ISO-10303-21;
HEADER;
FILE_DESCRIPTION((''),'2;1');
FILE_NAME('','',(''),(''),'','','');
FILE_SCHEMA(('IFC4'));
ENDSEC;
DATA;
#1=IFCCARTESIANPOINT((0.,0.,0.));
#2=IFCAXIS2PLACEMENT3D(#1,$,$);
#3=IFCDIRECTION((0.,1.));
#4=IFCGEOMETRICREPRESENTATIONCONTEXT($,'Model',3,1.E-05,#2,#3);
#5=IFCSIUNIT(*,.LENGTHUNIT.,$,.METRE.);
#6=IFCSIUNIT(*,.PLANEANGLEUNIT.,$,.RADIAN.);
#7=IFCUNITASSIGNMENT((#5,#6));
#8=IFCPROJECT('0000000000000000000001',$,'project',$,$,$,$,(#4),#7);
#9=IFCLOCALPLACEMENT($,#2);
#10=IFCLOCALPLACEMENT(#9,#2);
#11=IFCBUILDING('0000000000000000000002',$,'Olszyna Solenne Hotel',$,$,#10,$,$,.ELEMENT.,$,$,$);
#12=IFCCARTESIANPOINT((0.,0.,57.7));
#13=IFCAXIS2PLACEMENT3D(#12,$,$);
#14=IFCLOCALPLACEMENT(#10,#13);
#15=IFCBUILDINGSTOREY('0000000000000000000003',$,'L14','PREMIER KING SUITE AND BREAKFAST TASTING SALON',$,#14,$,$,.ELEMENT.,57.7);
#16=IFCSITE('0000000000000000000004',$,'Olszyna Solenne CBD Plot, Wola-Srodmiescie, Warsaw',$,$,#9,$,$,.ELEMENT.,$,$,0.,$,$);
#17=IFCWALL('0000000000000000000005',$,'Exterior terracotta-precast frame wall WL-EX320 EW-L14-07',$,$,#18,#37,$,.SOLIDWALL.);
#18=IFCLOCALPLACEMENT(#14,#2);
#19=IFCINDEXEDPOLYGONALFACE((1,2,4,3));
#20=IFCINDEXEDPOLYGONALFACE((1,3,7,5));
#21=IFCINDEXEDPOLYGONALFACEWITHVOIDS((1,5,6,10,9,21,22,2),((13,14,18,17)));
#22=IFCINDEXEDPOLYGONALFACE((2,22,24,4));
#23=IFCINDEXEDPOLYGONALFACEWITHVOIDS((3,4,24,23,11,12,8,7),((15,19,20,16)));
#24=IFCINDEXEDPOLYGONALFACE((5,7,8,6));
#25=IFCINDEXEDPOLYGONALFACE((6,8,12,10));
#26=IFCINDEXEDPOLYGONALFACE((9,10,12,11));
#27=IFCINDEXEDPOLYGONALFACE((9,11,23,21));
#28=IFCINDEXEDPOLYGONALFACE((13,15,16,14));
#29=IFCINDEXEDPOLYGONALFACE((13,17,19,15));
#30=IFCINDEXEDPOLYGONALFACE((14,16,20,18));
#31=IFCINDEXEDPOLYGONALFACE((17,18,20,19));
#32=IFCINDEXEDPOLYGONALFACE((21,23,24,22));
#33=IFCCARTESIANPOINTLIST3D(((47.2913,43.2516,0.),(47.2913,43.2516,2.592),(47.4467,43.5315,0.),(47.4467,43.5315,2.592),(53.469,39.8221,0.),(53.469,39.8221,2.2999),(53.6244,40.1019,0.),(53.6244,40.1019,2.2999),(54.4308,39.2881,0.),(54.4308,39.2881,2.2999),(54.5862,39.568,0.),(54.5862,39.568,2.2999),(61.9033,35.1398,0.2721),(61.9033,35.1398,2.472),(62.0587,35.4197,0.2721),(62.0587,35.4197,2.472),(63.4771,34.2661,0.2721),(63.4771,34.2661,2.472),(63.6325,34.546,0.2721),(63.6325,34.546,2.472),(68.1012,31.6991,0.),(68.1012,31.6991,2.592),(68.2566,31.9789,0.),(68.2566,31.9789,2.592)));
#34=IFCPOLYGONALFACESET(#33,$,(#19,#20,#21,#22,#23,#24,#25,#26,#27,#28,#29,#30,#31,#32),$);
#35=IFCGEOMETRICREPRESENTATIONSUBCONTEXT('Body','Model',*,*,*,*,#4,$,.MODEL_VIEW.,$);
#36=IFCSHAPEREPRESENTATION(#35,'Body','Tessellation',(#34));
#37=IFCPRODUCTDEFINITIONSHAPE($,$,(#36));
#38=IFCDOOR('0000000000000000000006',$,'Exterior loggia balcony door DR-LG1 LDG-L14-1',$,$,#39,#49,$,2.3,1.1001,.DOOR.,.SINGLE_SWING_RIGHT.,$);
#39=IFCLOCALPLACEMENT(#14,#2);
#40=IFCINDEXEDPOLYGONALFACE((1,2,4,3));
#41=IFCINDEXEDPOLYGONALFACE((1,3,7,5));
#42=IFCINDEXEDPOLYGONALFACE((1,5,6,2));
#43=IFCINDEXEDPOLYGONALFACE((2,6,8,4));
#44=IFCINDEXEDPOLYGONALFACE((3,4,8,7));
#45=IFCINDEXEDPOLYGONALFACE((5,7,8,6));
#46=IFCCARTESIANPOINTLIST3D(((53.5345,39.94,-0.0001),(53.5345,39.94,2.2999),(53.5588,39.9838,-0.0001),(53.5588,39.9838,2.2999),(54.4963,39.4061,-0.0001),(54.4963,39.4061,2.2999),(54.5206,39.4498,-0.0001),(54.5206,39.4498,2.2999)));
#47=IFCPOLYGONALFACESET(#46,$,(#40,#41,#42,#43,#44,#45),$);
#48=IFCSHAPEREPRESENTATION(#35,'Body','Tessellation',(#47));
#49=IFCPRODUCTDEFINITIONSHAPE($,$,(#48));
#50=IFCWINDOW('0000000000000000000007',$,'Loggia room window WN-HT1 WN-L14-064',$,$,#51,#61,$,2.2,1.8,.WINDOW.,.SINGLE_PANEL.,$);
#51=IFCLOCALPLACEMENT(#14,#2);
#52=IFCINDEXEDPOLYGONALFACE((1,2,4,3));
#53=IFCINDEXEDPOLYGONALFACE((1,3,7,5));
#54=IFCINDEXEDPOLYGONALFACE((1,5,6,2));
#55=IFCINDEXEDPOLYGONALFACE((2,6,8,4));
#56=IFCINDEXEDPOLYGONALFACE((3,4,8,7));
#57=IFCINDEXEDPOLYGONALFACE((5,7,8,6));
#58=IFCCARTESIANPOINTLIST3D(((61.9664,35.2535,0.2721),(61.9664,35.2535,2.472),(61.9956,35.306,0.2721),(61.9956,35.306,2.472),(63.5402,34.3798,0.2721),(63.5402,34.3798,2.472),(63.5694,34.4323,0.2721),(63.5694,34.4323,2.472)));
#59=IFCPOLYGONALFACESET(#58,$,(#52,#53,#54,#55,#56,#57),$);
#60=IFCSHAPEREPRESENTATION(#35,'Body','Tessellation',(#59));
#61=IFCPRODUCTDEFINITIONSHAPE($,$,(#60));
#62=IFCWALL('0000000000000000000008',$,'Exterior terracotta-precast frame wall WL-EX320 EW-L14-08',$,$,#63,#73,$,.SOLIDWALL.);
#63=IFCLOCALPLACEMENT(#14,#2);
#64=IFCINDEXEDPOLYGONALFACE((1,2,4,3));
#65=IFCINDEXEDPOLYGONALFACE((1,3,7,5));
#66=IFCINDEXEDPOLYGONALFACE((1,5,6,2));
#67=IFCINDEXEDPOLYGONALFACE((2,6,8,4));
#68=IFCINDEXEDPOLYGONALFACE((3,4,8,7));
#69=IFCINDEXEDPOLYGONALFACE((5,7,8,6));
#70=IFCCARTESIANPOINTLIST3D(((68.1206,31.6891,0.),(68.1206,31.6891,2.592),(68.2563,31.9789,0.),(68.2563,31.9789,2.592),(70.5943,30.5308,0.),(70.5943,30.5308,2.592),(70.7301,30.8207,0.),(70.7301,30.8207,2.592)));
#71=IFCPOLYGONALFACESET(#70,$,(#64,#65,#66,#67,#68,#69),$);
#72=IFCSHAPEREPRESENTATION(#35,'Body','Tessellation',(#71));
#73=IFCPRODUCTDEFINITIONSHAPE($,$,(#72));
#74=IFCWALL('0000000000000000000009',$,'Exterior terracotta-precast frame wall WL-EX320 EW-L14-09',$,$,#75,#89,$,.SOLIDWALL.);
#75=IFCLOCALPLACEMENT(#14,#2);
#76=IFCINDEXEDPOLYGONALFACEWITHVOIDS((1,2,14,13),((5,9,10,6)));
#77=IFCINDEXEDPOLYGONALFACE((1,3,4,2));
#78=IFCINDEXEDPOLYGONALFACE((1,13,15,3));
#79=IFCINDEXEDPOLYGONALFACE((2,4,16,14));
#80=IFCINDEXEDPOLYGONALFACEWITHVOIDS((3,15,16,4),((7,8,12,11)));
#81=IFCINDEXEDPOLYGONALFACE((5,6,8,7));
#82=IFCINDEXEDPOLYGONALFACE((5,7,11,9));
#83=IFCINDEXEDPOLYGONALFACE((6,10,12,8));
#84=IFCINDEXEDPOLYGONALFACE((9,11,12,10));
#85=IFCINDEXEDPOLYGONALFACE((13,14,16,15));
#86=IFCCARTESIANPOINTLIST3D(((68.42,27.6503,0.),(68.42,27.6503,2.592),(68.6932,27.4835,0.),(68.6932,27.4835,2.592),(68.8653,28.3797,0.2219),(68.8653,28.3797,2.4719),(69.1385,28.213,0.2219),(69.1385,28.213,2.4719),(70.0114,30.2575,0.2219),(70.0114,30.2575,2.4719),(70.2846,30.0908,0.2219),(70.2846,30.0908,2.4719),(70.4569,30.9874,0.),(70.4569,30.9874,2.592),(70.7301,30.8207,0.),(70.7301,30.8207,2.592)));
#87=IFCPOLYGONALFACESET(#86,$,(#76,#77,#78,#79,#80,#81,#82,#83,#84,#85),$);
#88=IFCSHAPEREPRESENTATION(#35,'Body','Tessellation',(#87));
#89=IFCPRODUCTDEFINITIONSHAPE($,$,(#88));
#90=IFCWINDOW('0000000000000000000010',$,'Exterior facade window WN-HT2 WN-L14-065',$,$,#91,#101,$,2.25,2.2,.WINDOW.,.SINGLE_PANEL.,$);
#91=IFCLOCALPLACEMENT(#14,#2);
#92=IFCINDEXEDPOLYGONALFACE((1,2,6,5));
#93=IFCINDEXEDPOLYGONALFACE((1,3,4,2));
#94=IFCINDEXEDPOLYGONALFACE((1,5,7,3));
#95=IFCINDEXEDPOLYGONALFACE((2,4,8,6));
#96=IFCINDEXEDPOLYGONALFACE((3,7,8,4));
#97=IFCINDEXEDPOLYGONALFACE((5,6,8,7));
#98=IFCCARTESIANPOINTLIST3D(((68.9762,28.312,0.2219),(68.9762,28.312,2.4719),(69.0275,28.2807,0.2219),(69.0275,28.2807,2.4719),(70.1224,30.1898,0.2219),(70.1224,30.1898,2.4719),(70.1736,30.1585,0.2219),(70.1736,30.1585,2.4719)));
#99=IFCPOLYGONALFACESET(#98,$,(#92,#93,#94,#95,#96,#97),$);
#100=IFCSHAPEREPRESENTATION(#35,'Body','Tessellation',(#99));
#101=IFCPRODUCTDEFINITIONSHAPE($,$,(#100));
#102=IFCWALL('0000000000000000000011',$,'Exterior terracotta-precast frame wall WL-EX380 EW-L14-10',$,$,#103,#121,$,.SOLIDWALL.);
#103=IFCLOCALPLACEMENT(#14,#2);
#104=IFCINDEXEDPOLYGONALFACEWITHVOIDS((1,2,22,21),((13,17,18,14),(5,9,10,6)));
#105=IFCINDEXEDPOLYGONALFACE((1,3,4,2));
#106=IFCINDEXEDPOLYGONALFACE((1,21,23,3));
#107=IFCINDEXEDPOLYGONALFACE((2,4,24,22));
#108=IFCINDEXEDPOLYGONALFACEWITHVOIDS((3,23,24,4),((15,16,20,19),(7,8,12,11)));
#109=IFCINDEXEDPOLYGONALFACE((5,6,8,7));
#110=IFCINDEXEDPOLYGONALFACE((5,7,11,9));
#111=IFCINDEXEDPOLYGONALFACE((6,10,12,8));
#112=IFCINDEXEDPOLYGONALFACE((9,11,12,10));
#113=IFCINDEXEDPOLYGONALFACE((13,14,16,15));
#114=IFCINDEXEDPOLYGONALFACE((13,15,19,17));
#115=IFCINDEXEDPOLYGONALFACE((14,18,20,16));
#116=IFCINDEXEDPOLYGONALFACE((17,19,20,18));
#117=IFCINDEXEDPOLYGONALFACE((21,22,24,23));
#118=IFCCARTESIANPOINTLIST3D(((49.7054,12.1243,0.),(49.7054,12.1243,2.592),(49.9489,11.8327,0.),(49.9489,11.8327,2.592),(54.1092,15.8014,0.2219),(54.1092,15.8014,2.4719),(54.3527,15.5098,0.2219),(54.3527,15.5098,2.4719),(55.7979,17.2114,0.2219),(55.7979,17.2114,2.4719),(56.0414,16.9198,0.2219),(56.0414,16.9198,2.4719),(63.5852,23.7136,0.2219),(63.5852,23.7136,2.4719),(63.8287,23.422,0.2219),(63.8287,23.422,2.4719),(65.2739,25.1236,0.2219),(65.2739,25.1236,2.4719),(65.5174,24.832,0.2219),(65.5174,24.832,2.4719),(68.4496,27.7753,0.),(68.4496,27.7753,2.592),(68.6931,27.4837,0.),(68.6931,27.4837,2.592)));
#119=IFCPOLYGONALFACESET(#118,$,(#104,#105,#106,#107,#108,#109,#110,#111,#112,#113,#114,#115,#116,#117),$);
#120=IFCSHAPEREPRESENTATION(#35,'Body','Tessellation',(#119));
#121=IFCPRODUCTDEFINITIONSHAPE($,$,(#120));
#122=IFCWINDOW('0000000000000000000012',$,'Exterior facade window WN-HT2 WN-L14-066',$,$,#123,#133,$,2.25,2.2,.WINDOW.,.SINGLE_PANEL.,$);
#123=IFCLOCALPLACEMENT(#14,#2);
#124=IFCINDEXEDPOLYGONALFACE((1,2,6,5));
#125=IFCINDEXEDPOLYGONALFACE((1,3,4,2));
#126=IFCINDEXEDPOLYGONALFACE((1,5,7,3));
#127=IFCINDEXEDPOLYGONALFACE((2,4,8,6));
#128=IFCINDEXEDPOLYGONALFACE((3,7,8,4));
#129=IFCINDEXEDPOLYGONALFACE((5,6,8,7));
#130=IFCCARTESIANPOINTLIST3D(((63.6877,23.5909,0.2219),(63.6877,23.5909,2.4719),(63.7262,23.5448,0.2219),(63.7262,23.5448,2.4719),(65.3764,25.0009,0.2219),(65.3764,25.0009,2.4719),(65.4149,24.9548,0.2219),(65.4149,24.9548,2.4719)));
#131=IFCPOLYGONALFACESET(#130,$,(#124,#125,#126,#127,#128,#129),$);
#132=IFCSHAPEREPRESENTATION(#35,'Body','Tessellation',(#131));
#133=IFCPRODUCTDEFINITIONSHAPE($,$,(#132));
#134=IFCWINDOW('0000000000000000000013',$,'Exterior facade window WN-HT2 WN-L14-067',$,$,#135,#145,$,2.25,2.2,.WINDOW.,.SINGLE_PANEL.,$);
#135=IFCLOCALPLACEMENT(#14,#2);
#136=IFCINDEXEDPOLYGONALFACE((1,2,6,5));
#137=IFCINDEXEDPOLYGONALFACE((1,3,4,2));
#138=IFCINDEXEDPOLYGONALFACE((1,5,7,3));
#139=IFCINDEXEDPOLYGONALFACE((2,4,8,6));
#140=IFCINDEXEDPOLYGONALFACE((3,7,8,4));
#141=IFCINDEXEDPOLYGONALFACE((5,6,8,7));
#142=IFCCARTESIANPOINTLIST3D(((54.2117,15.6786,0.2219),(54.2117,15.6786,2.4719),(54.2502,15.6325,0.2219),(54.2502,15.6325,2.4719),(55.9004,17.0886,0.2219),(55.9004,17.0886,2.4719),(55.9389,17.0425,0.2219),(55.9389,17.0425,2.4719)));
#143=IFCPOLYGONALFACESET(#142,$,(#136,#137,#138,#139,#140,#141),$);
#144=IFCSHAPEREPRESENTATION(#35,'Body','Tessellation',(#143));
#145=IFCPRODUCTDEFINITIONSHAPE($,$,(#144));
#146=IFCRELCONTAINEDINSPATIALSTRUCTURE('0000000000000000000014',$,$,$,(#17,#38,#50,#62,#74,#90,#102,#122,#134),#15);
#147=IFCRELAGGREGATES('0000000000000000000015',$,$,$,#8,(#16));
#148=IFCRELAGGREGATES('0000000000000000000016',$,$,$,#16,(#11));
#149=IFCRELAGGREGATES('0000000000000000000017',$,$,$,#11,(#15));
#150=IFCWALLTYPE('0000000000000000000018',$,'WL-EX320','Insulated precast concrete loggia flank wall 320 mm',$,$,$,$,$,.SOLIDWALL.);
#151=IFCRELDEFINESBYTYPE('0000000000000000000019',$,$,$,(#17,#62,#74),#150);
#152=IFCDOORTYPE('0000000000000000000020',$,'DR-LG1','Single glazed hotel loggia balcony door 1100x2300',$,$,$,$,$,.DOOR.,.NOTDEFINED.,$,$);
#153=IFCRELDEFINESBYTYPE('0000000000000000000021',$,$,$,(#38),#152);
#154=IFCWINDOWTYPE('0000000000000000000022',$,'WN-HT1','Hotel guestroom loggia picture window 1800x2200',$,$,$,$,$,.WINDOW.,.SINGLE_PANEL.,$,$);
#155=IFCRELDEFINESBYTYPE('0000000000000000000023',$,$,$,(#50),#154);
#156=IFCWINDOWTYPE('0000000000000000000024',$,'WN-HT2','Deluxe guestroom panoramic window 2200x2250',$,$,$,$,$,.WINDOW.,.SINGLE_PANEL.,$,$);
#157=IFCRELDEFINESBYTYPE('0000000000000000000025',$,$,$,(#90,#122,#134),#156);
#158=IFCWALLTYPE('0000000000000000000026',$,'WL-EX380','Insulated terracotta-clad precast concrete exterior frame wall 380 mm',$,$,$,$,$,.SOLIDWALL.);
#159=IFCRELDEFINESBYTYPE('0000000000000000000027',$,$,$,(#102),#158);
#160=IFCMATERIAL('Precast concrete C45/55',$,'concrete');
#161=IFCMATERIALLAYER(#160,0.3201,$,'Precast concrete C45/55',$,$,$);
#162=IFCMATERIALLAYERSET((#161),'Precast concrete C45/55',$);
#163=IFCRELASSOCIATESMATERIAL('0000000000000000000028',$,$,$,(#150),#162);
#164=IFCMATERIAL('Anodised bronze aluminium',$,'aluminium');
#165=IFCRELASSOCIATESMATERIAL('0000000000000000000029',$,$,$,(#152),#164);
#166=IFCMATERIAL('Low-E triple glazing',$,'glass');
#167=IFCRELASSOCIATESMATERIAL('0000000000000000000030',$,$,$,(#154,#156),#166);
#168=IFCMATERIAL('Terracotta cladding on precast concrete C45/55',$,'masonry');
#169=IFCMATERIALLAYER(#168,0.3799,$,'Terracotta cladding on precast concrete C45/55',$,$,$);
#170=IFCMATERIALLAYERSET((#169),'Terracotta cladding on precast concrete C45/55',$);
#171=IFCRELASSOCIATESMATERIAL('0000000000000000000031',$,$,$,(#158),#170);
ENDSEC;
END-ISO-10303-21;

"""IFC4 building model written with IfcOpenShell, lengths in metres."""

from ifc_helpers import new_model, si_unit, direction, frame, frame_2d, origin, place, context, subcontext, project, spatial, rectangle, extrude, source, transform, mapped, material, layer, layer_set, type_object, type_shapes, element, fill, save


model = new_model("IFC4")

# Units and contexts
model_context = context("Model", 3, precision=1e-05, world=origin(), true_north=direction((0.0, 1.0)))
body_context = subcontext(model_context, "Body", "Model", "MODEL_VIEW")
ifc_project = project(units=[si_unit("LENGTHUNIT", "METRE"), si_unit("PLANEANGLEUNIT", "RADIAN")], contexts=[model_context])

# Site, building, storey
site_placement = place(None, origin())
site = spatial("IfcSite", under=ifc_project, at=site_placement, Name="Olszyna Solenne CBD Plot, Wola-Srodmiescie, Warsaw", CompositionType="ELEMENT", RefElevation=0.0)
building_placement = place(site_placement, origin())
building = spatial("IfcBuilding", under=site, at=building_placement, Name="Olszyna Solenne Hotel", CompositionType="ELEMENT")
storey_placement = place(building_placement, frame((0.0, 0.0, 57.7)))
storey = spatial("IfcBuildingStorey", under=building, at=storey_placement, Name="L14", Description="PREMIER KING SUITE AND BREAKFAST TASTING SALON", CompositionType="ELEMENT", Elevation=57.7)

# Shared definitions
ifc_material_1 = material(Name="Anodised bronze aluminium", Category="aluminium")

# Shared definitions
ifc_material_2 = material(Name="Low-E triple glazing", Category="glass")

# Wall, openings, door, window
ifc_material_3 = material(Name="Precast concrete C45/55", Category="concrete")
ifc_layer_1 = layer(ifc_material_3, 0.3201, Name="Precast concrete C45/55")
ifc_layer_set_1 = layer_set([ifc_layer_1], Name="Precast concrete C45/55")
wall_type_1 = type_object("IfcWallType", Name="WL-EX320", Description="Insulated precast concrete loggia flank wall 320 mm", PredefinedType="SOLIDWALL", material=ifc_layer_set_1)
wall_1_placement = place(storey_placement, frame((47.3689, 43.3916, 0.0), z_axis=(0.0, 0.0, 1.0), x_axis=(0.874309, -0.485369, 0.0)))
wall_1 = element("IfcWall", 1, at=wall_1_placement, inside=storey, type_object=wall_type_1, Name="Exterior terracotta-precast frame wall WL-EX320 EW-L14-07", PredefinedType="SOLIDWALL", context=body_context, shape_type="SweptSolid", body=[
    extrude(rectangle(XDim=23.8015, YDim=0.3201, at=frame_2d((11.9009, 0.0))), origin(), (0.0, 0.0, 1.0), 2.592),
])
opening_1_placement = place(wall_1_placement, frame((7.0659, 0.0, 0.0)))
opening_1 = element("IfcOpeningElement", 2, at=opening_1_placement, cuts=wall_1, PredefinedType="OPENING", context=body_context, shape_type="SweptSolid", body=[
    extrude(rectangle(XDim=1.1001, YDim=2.3, at=frame_2d((0.55, 1.1499))), frame((0.0, 0.1699, 0.0), z_axis=(0.0, -1.0, 0.0), x_axis=(1.0, 0.0, 0.0)), (0.0, 0.0, 1.0), 0.3401),
])
opening_2_placement = place(wall_1_placement, frame((16.7129, 0.0, 0.272)))
opening_2 = element("IfcOpeningElement", 3, at=opening_2_placement, cuts=wall_1, PredefinedType="OPENING", context=body_context, shape_type="SweptSolid", body=[
    extrude(rectangle(XDim=1.8, YDim=2.2, at=frame_2d((0.8999, 1.1001))), frame((0.0, 0.1699, 0.0), z_axis=(0.0, -1.0, 0.0), x_axis=(1.0, 0.0, 0.0)), (0.0, 0.0, 1.0), 0.3401),
])
door_type_1 = type_object("IfcDoorType", Name="DR-LG1", Description="Single glazed hotel loggia balcony door 1100x2300", OperationType="NOTDEFINED", PredefinedType="DOOR", material=ifc_material_1)
shared_shape_1 = source(origin(), body_context, "Body", "SweptSolid", [
    extrude(rectangle(XDim=1.1001, YDim=2.3, at=frame_2d((0.55, 1.1499))), frame((0.0, 0.0249, 0.0), z_axis=(0.0, -1.0, 0.0), x_axis=(1.0, 0.0, 0.0)), (0.0, 0.0, 1.0), 0.05),
])
type_shapes(door_type_1, [shared_shape_1])
door_1_placement = place(opening_1_placement, origin())
door_1 = element("IfcDoor", 4, at=door_1_placement, inside=storey, type_object=door_type_1, Name="Exterior loggia balcony door DR-LG1 LDG-L14-1", OperationType="SINGLE_SWING_RIGHT", OverallHeight=2.3, OverallWidth=1.1001, PredefinedType="DOOR", context=body_context, shape_type="MappedRepresentation", body=[
    mapped(shared_shape_1, transform((0.0, 0.0, 0.0), x_axis=(1.0, 0.0, 0.0), y_axis=(0.0, 1.0, 0.0), z_axis=(0.0, 0.0, 1.0), scale=1.0)),
])
fill(opening_1, door_1)
window_type_1 = type_object("IfcWindowType", Name="WN-HT1", Description="Hotel guestroom loggia picture window 1800x2200", PartitioningType="SINGLE_PANEL", PredefinedType="WINDOW", material=ifc_material_2)
shared_shape_2 = source(origin(), body_context, "Body", "SweptSolid", [
    extrude(rectangle(XDim=1.8, YDim=2.2, at=frame_2d((0.8999, 1.1001))), frame((0.0, 0.03, 0.0), z_axis=(0.0, -1.0, 0.0), x_axis=(1.0, 0.0, 0.0)), (0.0, 0.0, 1.0), 0.0601),
])
type_shapes(window_type_1, [shared_shape_2])
window_1_placement = place(opening_2_placement, origin())
window_1 = element("IfcWindow", 5, at=window_1_placement, inside=storey, type_object=window_type_1, Name="Loggia room window WN-HT1 WN-L14-064", OverallHeight=2.2, OverallWidth=1.8, PartitioningType="SINGLE_PANEL", PredefinedType="WINDOW", context=body_context, shape_type="MappedRepresentation", body=[
    mapped(shared_shape_2, transform((0.0, 0.0, 0.0), x_axis=(1.0, 0.0, 0.0), y_axis=(0.0, 1.0, 0.0), z_axis=(0.0, 0.0, 1.0), scale=1.0)),
])
fill(opening_2, window_1)

# Wall
wall_2_placement = place(storey_placement, frame((68.1885, 31.834, 0.0), z_axis=(0.0, 0.0, 1.0), x_axis=(0.905643, -0.42404, 0.0)))
element("IfcWall", 6, at=wall_2_placement, inside=storey, type_object=wall_type_1, Name="Exterior terracotta-precast frame wall WL-EX320 EW-L14-08", PredefinedType="SOLIDWALL", context=body_context, shape_type="SweptSolid", body=[
    extrude(rectangle(XDim=2.7314, YDim=0.3201, at=frame_2d((1.3657, 0.0))), origin(), (0.0, 0.0, 1.0), 2.592),
])

# Wall, opening, window
wall_3_placement = place(storey_placement, frame((70.5935, 30.9041, 0.0), z_axis=(0.0, 0.0, 1.0), x_axis=(-0.520983, -0.853567, 0.0)))
wall_3 = element("IfcWall", 7, at=wall_3_placement, inside=storey, type_object=wall_type_1, Name="Exterior terracotta-precast frame wall WL-EX320 EW-L14-09", PredefinedType="SOLIDWALL", context=body_context, shape_type="SweptSolid", body=[
    extrude(rectangle(XDim=3.9097, YDim=0.3201, at=frame_2d((1.9548, 0.0))), origin(), (0.0, 0.0, 1.0), 2.592),
])
opening_3_placement = place(wall_3_placement, frame((0.855, 0.0, 0.2219)))
opening_3 = element("IfcOpeningElement", 8, at=opening_3_placement, cuts=wall_3, PredefinedType="OPENING", context=body_context, shape_type="SweptSolid", body=[
    extrude(rectangle(XDim=2.2, YDim=2.25, at=frame_2d((1.1001, 1.125))), frame((0.0, 0.1699, 0.0), z_axis=(0.0, -1.0, 0.0), x_axis=(1.0, 0.0, 0.0)), (0.0, 0.0, 1.0), 0.3401),
])
window_type_2 = type_object("IfcWindowType", Name="WN-HT2", Description="Deluxe guestroom panoramic window 2200x2250", PartitioningType="SINGLE_PANEL", PredefinedType="WINDOW", material=ifc_material_2)
shared_shape_3 = source(origin(), body_context, "Body", "SweptSolid", [
    extrude(rectangle(XDim=2.2, YDim=2.25, at=frame_2d((1.1001, 1.125))), frame((0.0, 0.03, 0.0), z_axis=(0.0, -1.0, 0.0), x_axis=(1.0, 0.0, 0.0)), (0.0, 0.0, 1.0), 0.0601),
])
type_shapes(window_type_2, [shared_shape_3])
window_2_placement = place(opening_3_placement, origin())
window_2 = element("IfcWindow", 9, at=window_2_placement, inside=storey, type_object=window_type_2, Name="Exterior facade window WN-HT2 WN-L14-065", OverallHeight=2.25, OverallWidth=2.2, PartitioningType="SINGLE_PANEL", PredefinedType="WINDOW", context=body_context, shape_type="MappedRepresentation", body=[
    mapped(shared_shape_3, transform((0.0, 0.0, 0.0), x_axis=(1.0, 0.0, 0.0), y_axis=(0.0, 1.0, 0.0), z_axis=(0.0, 0.0, 1.0), scale=1.0)),
])
fill(opening_3, window_2)

# Wall, openings, windows
ifc_material_4 = material(Name="Terracotta cladding on precast concrete C45/55", Category="masonry")
ifc_layer_2 = layer(ifc_material_4, 0.3799, Name="Terracotta cladding on precast concrete C45/55")
ifc_layer_set_2 = layer_set([ifc_layer_2], Name="Terracotta cladding on precast concrete C45/55")
wall_type_2 = type_object("IfcWallType", Name="WL-EX380", Description="Insulated terracotta-clad precast concrete exterior frame wall 380 mm", PredefinedType="SOLIDWALL", material=ifc_layer_set_2)
wall_4_placement = place(storey_placement, frame((68.5713, 27.6294, 0.0), z_axis=(0.0, 0.0, 1.0), x_axis=(-0.767601, -0.640928, 0.0)))
wall_4 = element("IfcWall", 10, at=wall_4_placement, inside=storey, type_object=wall_type_2, Name="Exterior terracotta-precast frame wall WL-EX380 EW-L14-10", PredefinedType="SOLIDWALL", context=body_context, shape_type="SweptSolid", body=[
    extrude(rectangle(XDim=24.4192, YDim=0.3799, at=frame_2d((12.2095, 0.0))), origin(), (0.0, 0.0, 1.0), 2.592),
])
opening_4_placement = place(wall_4_placement, frame((4.137, 0.0, 0.2219)))
opening_4 = element("IfcOpeningElement", 11, at=opening_4_placement, cuts=wall_4, PredefinedType="OPENING", context=body_context, shape_type="SweptSolid", body=[
    extrude(rectangle(XDim=2.2, YDim=2.25, at=frame_2d((1.1001, 1.125))), frame((0.0, 0.2, 0.0), z_axis=(0.0, -1.0, 0.0), x_axis=(1.0, 0.0, 0.0)), (0.0, 0.0, 1.0), 0.3999),
])
opening_5_placement = place(wall_4_placement, frame((16.4819, 0.0, 0.2219)))
opening_5 = element("IfcOpeningElement", 12, at=opening_5_placement, cuts=wall_4, PredefinedType="OPENING", context=body_context, shape_type="SweptSolid", body=[
    extrude(rectangle(XDim=2.2, YDim=2.25, at=frame_2d((1.1001, 1.125))), frame((0.0, 0.2, 0.0), z_axis=(0.0, -1.0, 0.0), x_axis=(1.0, 0.0, 0.0)), (0.0, 0.0, 1.0), 0.3999),
])
window_3_placement = place(opening_4_placement, origin())
window_3 = element("IfcWindow", 13, at=window_3_placement, inside=storey, type_object=window_type_2, Name="Exterior facade window WN-HT2 WN-L14-066", OverallHeight=2.25, OverallWidth=2.2, PartitioningType="SINGLE_PANEL", PredefinedType="WINDOW", context=body_context, shape_type="MappedRepresentation", body=[
    mapped(shared_shape_3, transform((0.0, 0.0, 0.0), x_axis=(1.0, 0.0, 0.0), y_axis=(0.0, 1.0, 0.0), z_axis=(0.0, 0.0, 1.0), scale=1.0)),
])
fill(opening_4, window_3)
window_4_placement = place(opening_5_placement, origin())
window_4 = element("IfcWindow", 14, at=window_4_placement, inside=storey, type_object=window_type_2, Name="Exterior facade window WN-HT2 WN-L14-067", OverallHeight=2.25, OverallWidth=2.2, PartitioningType="SINGLE_PANEL", PredefinedType="WINDOW", context=body_context, shape_type="MappedRepresentation", body=[
    mapped(shared_shape_3, transform((0.0, 0.0, 0.0), x_axis=(1.0, 0.0, 0.0), y_axis=(0.0, 1.0, 0.0), z_axis=(0.0, 0.0, 1.0), scale=1.0)),
])
fill(opening_5, window_4)

save(model, "model.ifc")
